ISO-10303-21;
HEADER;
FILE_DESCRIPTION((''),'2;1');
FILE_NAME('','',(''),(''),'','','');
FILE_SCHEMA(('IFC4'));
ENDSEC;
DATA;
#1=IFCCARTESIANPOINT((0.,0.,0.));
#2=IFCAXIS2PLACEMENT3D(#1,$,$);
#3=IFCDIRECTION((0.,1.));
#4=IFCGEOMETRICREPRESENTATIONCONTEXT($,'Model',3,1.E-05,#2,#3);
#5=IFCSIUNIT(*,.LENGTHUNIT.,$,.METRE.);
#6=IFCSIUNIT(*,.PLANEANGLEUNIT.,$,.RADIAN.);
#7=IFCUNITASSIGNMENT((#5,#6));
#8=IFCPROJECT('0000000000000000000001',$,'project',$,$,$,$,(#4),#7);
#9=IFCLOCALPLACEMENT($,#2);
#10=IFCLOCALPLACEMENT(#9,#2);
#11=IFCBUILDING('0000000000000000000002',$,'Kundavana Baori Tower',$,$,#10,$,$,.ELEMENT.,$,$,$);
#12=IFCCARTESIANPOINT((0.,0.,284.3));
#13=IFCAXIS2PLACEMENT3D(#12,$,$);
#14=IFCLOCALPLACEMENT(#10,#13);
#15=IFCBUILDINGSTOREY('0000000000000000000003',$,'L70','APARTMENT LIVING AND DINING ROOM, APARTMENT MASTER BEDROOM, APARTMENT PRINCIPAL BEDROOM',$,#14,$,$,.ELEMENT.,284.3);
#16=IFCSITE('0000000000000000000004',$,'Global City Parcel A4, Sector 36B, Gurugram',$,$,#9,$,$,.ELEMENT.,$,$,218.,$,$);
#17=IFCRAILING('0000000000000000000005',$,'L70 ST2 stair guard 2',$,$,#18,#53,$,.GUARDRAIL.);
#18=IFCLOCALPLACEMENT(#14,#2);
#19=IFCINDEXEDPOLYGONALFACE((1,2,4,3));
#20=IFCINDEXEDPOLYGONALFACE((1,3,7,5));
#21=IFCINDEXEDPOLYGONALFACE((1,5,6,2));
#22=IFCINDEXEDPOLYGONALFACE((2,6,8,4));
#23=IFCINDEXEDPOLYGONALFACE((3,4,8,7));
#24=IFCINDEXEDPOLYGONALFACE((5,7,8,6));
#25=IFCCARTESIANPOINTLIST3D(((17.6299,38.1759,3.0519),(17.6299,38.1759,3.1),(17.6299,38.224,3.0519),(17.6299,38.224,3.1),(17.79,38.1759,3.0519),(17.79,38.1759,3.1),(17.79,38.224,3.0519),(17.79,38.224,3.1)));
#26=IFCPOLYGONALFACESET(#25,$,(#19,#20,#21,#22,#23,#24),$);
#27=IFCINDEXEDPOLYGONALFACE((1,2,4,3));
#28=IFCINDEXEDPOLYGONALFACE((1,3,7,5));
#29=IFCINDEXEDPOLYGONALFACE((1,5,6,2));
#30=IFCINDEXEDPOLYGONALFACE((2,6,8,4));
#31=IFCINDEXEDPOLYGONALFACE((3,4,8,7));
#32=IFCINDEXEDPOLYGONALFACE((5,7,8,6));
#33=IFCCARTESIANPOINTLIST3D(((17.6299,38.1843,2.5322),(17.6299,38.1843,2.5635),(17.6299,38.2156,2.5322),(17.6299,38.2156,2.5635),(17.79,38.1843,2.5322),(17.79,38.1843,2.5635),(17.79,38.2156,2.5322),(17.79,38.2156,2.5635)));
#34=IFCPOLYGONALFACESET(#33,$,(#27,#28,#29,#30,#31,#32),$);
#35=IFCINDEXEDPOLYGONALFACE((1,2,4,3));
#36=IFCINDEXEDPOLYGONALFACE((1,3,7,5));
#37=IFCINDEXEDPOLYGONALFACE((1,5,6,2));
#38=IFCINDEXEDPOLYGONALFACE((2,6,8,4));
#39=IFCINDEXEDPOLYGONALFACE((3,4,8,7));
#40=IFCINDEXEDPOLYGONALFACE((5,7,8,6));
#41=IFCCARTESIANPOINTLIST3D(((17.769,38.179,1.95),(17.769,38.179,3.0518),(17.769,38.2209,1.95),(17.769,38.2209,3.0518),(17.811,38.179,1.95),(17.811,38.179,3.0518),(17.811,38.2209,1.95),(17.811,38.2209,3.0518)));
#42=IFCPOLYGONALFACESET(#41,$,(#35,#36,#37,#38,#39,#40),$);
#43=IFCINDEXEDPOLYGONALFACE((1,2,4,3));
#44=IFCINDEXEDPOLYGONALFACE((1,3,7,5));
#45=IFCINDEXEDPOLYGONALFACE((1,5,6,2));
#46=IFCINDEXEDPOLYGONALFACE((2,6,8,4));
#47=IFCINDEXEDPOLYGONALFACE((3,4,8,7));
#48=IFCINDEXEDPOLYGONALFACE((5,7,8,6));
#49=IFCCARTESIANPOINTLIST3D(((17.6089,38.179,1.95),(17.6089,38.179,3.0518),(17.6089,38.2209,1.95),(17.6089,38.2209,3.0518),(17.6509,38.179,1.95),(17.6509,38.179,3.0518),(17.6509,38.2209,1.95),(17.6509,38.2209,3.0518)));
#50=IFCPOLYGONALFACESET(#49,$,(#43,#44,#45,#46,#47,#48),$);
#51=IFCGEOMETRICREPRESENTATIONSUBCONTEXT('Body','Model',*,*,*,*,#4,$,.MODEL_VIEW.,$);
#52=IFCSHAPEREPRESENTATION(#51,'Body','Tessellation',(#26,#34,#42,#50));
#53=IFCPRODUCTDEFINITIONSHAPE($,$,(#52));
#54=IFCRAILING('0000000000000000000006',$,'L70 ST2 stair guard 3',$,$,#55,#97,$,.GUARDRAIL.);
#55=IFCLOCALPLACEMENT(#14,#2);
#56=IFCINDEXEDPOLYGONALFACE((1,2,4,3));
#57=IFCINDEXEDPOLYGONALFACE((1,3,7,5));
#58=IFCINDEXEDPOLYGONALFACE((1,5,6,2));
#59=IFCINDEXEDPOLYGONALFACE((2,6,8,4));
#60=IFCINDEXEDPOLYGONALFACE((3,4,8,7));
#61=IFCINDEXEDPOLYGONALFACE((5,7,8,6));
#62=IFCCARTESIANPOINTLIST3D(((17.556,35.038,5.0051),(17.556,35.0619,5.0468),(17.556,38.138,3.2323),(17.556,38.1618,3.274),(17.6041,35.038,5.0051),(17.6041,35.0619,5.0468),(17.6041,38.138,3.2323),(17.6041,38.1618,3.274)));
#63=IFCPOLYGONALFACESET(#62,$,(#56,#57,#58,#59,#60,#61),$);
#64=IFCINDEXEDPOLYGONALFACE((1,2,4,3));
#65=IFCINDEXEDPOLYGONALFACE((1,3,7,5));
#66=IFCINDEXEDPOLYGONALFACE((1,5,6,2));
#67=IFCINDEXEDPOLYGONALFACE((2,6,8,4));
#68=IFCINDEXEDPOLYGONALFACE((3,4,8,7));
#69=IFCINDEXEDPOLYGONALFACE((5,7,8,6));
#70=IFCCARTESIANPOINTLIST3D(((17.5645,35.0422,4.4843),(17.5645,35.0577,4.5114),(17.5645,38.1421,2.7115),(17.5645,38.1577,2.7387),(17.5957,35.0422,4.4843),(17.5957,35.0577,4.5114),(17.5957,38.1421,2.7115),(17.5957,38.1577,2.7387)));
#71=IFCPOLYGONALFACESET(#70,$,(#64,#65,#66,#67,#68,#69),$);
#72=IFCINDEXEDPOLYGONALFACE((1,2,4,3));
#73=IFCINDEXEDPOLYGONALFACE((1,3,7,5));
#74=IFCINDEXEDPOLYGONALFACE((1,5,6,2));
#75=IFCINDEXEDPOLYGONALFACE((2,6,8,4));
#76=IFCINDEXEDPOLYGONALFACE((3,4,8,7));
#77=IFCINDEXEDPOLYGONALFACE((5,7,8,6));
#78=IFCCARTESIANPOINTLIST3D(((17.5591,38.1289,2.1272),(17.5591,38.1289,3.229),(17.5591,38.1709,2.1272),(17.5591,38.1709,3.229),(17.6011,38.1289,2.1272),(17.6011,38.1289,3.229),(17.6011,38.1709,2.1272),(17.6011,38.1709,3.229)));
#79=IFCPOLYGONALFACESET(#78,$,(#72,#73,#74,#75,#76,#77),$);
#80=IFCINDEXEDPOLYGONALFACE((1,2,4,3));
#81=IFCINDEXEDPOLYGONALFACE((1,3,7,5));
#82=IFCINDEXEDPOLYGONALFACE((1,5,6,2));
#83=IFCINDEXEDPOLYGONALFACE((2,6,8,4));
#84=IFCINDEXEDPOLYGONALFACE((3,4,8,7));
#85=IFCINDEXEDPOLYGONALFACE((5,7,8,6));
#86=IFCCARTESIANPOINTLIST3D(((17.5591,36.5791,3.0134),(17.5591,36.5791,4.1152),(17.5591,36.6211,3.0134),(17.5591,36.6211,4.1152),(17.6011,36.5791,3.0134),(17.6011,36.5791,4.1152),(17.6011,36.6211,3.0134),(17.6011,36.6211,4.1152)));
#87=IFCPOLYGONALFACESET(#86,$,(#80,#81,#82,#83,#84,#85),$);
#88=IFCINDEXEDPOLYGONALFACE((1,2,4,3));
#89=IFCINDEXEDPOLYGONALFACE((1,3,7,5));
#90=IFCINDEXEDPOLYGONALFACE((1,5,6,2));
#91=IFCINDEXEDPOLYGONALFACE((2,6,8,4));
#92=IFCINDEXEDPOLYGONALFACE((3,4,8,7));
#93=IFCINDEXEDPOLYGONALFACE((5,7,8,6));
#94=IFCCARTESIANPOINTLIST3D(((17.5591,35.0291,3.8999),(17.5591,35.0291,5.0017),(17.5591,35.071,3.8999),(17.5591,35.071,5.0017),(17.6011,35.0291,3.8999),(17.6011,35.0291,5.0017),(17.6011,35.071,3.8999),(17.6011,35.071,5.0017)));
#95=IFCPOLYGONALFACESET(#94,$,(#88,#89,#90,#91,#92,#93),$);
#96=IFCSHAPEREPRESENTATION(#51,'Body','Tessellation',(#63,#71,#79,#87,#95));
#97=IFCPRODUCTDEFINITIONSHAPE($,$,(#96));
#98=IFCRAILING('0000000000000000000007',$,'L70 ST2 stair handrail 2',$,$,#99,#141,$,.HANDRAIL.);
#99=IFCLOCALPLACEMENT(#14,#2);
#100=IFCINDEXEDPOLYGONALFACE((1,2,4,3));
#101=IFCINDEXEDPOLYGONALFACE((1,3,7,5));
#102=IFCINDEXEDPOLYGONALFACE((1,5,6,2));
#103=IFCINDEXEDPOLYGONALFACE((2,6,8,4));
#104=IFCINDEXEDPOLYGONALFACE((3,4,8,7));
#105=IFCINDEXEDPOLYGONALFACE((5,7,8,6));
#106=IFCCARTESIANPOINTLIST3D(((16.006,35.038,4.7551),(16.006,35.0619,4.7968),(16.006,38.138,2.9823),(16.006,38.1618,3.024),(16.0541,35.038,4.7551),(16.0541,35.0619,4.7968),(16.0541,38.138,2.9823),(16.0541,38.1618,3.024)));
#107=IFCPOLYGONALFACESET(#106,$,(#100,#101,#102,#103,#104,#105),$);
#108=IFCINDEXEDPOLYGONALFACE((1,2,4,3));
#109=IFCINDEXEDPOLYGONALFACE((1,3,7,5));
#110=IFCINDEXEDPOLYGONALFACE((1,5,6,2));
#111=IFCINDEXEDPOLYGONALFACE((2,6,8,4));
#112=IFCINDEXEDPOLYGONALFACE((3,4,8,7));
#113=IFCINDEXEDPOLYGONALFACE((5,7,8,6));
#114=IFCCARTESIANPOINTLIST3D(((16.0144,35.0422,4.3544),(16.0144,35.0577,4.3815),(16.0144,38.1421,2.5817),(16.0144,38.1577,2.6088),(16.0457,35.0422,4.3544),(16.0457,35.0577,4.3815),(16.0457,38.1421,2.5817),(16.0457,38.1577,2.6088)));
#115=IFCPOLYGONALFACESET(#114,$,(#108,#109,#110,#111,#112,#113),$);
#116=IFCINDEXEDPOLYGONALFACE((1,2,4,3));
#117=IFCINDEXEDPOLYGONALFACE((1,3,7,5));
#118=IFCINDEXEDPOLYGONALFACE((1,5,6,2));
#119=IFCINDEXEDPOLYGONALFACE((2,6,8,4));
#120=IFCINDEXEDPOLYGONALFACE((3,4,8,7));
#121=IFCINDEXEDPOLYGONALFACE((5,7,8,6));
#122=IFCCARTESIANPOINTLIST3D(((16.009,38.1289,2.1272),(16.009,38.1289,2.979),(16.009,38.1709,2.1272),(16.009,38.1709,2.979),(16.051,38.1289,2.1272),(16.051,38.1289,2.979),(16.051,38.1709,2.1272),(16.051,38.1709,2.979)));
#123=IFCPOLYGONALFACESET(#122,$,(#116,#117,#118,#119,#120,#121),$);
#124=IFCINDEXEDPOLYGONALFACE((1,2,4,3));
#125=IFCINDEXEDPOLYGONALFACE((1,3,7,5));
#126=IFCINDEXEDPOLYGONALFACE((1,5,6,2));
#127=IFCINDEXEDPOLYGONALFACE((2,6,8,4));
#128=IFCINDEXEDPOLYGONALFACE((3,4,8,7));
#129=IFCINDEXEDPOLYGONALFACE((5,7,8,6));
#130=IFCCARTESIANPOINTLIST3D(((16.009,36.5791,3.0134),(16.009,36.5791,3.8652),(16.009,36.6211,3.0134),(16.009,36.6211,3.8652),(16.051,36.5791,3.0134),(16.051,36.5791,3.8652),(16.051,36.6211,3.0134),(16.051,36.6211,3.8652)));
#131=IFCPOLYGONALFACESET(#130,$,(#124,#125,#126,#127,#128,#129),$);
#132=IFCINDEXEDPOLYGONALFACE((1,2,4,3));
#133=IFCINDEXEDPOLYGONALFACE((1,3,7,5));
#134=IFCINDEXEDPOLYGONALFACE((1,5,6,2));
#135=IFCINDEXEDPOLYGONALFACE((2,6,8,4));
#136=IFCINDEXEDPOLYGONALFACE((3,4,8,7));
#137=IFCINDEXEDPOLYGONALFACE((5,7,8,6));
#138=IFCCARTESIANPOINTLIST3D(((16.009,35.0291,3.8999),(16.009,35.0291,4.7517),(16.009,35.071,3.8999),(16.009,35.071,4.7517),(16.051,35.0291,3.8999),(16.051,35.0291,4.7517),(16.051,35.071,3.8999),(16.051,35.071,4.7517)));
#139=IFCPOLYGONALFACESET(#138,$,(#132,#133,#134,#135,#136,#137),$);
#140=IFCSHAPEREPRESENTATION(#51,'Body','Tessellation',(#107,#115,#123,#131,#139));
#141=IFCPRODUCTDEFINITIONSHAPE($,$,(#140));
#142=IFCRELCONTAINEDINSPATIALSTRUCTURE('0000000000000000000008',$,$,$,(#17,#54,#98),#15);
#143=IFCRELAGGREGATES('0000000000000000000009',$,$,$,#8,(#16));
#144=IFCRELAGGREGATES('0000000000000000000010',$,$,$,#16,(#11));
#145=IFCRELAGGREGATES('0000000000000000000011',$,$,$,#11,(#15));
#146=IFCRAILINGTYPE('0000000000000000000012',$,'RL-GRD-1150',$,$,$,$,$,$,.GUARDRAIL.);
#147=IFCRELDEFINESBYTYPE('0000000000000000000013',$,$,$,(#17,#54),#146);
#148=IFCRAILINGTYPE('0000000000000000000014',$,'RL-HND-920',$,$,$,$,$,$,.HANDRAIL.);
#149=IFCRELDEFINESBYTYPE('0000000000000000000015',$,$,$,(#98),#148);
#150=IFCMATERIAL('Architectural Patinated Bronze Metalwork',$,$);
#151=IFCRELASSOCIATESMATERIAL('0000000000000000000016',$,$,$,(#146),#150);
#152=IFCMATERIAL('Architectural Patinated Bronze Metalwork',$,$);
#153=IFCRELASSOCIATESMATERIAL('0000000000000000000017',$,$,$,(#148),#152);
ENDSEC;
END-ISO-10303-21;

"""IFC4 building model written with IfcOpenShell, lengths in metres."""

from ifc_helpers import new_model, si_unit, direction, frame, origin, origin_2d, place, context, subcontext, project, spatial, rectangle, extrude, material, type_object, element, save


model = new_model("IFC4")

# Units and contexts
model_context = context("Model", 3, precision=1e-05, world=origin(), true_north=direction((0.0, 1.0)))
body_context = subcontext(model_context, "Body", "Model", "MODEL_VIEW")
ifc_project = project(units=[si_unit("LENGTHUNIT", "METRE"), si_unit("PLANEANGLEUNIT", "RADIAN")], contexts=[model_context])

# Site, building, storey
site_placement = place(None, origin())
site = spatial("IfcSite", under=ifc_project, at=site_placement, Name="Global City Parcel A4, Sector 36B, Gurugram", CompositionType="ELEMENT", RefElevation=218.0)
building_placement = place(site_placement, origin())
building = spatial("IfcBuilding", under=site, at=building_placement, Name="Kundavana Baori Tower", CompositionType="ELEMENT")
storey_placement = place(building_placement, frame((0.0, 0.0, 284.3)))
storey = spatial("IfcBuildingStorey", under=building, at=storey_placement, Name="L70", Description="APARTMENT LIVING AND DINING ROOM, APARTMENT MASTER BEDROOM, APARTMENT PRINCIPAL BEDROOM", CompositionType="ELEMENT", Elevation=284.3)

# Railings
ifc_material_1 = material(Name="Architectural Patinated Bronze Metalwork")
railing_type_1 = type_object("IfcRailingType", Name="RL-GRD-1150", PredefinedType="GUARDRAIL", material=ifc_material_1)
railing_1_placement = place(storey_placement, frame((17.79, 38.2, 1.95)))
element("IfcRailing", 1, at=railing_1_placement, inside=storey, type_object=railing_type_1, Name="L70 ST2 stair guard 2", PredefinedType="GUARDRAIL", context=body_context, shape_type="SweptSolid", body=[
    extrude(rectangle(XDim=0.0481, YDim=0.0481, at=origin_2d()), frame((0.0, 0.0, 1.126), z_axis=(-1.0, 0.0, 0.0), x_axis=(0.0, -1.0, 0.0)), (0.0, 0.0, 1.0), 0.1602),
    extrude(rectangle(XDim=0.0312, YDim=0.0312, at=origin_2d()), frame((0.0, 0.0, 0.5979), z_axis=(-1.0, 0.0, 0.0), x_axis=(0.0, -1.0, 0.0)), (0.0, 0.0, 1.0), 0.1602),
    extrude(rectangle(XDim=0.042, YDim=0.042, at=origin_2d()), origin(), (0.0, 0.0, 1.0), 1.1018),
    extrude(rectangle(XDim=0.042, YDim=0.042, at=origin_2d()), frame((-0.1602, 0.0, 0.0)), (0.0, 0.0, 1.0), 1.1018),
])
railing_2_placement = place(storey_placement, frame((17.5801, 38.1499, 2.1272)))
element("IfcRailing", 2, at=railing_2_placement, inside=storey, type_object=railing_type_1, Name="L70 ST2 stair guard 3", PredefinedType="GUARDRAIL", context=body_context, shape_type="SweptSolid", body=[
    extrude(rectangle(XDim=0.0481, YDim=0.0481, at=origin_2d()), frame((0.0, 0.0, 1.126), z_axis=(0.0, -0.868079, 0.496426), x_axis=(1.0, 0.0, 0.0)), (0.0, 0.0, 1.0), 3.571),
    extrude(rectangle(XDim=0.0312, YDim=0.0312, at=origin_2d()), frame((0.0, 0.0, 0.5979), z_axis=(0.0, -0.868079, 0.496426), x_axis=(1.0, 0.0, 0.0)), (0.0, 0.0, 1.0), 3.571),
    extrude(rectangle(XDim=0.042, YDim=0.042, at=origin_2d()), origin(), (0.0, 0.0, 1.0), 1.1018),
    extrude(rectangle(XDim=0.042, YDim=0.042, at=origin_2d()), frame((0.0, -1.5498, 0.8862)), (0.0, 0.0, 1.0), 1.1018),
    extrude(rectangle(XDim=0.042, YDim=0.042, at=origin_2d()), frame((0.0, -3.0999, 1.7727)), (0.0, 0.0, 1.0), 1.1018),
])
ifc_material_2 = material(Name="Architectural Patinated Bronze Metalwork")
railing_type_2 = type_object("IfcRailingType", Name="RL-HND-920", PredefinedType="HANDRAIL", material=ifc_material_2)
railing_3_placement = place(storey_placement, frame((16.03, 38.1499, 2.1272)))
element("IfcRailing", 3, at=railing_3_placement, inside=storey, type_object=railing_type_2, Name="L70 ST2 stair handrail 2", PredefinedType="HANDRAIL", context=body_context, shape_type="SweptSolid", body=[
    extrude(rectangle(XDim=0.0481, YDim=0.0481, at=origin_2d()), frame((0.0, 0.0, 0.876), z_axis=(0.0, -0.868079, 0.496426), x_axis=(1.0, 0.0, 0.0)), (0.0, 0.0, 1.0), 3.571),
    extrude(rectangle(XDim=0.0312, YDim=0.0312, at=origin_2d()), frame((0.0, 0.0, 0.468), z_axis=(0.0, -0.868079, 0.496426), x_axis=(1.0, 0.0, 0.0)), (0.0, 0.0, 1.0), 3.571),
    extrude(rectangle(XDim=0.042, YDim=0.042, at=origin_2d()), origin(), (0.0, 0.0, 1.0), 0.8518),
    extrude(rectangle(XDim=0.042, YDim=0.042, at=origin_2d()), frame((0.0, -1.5498, 0.8862)), (0.0, 0.0, 1.0), 0.8518),
    extrude(rectangle(XDim=0.042, YDim=0.042, at=origin_2d()), frame((0.0, -3.0999, 1.7727)), (0.0, 0.0, 1.0), 0.8518),
])

save(model, "model.ifc")
